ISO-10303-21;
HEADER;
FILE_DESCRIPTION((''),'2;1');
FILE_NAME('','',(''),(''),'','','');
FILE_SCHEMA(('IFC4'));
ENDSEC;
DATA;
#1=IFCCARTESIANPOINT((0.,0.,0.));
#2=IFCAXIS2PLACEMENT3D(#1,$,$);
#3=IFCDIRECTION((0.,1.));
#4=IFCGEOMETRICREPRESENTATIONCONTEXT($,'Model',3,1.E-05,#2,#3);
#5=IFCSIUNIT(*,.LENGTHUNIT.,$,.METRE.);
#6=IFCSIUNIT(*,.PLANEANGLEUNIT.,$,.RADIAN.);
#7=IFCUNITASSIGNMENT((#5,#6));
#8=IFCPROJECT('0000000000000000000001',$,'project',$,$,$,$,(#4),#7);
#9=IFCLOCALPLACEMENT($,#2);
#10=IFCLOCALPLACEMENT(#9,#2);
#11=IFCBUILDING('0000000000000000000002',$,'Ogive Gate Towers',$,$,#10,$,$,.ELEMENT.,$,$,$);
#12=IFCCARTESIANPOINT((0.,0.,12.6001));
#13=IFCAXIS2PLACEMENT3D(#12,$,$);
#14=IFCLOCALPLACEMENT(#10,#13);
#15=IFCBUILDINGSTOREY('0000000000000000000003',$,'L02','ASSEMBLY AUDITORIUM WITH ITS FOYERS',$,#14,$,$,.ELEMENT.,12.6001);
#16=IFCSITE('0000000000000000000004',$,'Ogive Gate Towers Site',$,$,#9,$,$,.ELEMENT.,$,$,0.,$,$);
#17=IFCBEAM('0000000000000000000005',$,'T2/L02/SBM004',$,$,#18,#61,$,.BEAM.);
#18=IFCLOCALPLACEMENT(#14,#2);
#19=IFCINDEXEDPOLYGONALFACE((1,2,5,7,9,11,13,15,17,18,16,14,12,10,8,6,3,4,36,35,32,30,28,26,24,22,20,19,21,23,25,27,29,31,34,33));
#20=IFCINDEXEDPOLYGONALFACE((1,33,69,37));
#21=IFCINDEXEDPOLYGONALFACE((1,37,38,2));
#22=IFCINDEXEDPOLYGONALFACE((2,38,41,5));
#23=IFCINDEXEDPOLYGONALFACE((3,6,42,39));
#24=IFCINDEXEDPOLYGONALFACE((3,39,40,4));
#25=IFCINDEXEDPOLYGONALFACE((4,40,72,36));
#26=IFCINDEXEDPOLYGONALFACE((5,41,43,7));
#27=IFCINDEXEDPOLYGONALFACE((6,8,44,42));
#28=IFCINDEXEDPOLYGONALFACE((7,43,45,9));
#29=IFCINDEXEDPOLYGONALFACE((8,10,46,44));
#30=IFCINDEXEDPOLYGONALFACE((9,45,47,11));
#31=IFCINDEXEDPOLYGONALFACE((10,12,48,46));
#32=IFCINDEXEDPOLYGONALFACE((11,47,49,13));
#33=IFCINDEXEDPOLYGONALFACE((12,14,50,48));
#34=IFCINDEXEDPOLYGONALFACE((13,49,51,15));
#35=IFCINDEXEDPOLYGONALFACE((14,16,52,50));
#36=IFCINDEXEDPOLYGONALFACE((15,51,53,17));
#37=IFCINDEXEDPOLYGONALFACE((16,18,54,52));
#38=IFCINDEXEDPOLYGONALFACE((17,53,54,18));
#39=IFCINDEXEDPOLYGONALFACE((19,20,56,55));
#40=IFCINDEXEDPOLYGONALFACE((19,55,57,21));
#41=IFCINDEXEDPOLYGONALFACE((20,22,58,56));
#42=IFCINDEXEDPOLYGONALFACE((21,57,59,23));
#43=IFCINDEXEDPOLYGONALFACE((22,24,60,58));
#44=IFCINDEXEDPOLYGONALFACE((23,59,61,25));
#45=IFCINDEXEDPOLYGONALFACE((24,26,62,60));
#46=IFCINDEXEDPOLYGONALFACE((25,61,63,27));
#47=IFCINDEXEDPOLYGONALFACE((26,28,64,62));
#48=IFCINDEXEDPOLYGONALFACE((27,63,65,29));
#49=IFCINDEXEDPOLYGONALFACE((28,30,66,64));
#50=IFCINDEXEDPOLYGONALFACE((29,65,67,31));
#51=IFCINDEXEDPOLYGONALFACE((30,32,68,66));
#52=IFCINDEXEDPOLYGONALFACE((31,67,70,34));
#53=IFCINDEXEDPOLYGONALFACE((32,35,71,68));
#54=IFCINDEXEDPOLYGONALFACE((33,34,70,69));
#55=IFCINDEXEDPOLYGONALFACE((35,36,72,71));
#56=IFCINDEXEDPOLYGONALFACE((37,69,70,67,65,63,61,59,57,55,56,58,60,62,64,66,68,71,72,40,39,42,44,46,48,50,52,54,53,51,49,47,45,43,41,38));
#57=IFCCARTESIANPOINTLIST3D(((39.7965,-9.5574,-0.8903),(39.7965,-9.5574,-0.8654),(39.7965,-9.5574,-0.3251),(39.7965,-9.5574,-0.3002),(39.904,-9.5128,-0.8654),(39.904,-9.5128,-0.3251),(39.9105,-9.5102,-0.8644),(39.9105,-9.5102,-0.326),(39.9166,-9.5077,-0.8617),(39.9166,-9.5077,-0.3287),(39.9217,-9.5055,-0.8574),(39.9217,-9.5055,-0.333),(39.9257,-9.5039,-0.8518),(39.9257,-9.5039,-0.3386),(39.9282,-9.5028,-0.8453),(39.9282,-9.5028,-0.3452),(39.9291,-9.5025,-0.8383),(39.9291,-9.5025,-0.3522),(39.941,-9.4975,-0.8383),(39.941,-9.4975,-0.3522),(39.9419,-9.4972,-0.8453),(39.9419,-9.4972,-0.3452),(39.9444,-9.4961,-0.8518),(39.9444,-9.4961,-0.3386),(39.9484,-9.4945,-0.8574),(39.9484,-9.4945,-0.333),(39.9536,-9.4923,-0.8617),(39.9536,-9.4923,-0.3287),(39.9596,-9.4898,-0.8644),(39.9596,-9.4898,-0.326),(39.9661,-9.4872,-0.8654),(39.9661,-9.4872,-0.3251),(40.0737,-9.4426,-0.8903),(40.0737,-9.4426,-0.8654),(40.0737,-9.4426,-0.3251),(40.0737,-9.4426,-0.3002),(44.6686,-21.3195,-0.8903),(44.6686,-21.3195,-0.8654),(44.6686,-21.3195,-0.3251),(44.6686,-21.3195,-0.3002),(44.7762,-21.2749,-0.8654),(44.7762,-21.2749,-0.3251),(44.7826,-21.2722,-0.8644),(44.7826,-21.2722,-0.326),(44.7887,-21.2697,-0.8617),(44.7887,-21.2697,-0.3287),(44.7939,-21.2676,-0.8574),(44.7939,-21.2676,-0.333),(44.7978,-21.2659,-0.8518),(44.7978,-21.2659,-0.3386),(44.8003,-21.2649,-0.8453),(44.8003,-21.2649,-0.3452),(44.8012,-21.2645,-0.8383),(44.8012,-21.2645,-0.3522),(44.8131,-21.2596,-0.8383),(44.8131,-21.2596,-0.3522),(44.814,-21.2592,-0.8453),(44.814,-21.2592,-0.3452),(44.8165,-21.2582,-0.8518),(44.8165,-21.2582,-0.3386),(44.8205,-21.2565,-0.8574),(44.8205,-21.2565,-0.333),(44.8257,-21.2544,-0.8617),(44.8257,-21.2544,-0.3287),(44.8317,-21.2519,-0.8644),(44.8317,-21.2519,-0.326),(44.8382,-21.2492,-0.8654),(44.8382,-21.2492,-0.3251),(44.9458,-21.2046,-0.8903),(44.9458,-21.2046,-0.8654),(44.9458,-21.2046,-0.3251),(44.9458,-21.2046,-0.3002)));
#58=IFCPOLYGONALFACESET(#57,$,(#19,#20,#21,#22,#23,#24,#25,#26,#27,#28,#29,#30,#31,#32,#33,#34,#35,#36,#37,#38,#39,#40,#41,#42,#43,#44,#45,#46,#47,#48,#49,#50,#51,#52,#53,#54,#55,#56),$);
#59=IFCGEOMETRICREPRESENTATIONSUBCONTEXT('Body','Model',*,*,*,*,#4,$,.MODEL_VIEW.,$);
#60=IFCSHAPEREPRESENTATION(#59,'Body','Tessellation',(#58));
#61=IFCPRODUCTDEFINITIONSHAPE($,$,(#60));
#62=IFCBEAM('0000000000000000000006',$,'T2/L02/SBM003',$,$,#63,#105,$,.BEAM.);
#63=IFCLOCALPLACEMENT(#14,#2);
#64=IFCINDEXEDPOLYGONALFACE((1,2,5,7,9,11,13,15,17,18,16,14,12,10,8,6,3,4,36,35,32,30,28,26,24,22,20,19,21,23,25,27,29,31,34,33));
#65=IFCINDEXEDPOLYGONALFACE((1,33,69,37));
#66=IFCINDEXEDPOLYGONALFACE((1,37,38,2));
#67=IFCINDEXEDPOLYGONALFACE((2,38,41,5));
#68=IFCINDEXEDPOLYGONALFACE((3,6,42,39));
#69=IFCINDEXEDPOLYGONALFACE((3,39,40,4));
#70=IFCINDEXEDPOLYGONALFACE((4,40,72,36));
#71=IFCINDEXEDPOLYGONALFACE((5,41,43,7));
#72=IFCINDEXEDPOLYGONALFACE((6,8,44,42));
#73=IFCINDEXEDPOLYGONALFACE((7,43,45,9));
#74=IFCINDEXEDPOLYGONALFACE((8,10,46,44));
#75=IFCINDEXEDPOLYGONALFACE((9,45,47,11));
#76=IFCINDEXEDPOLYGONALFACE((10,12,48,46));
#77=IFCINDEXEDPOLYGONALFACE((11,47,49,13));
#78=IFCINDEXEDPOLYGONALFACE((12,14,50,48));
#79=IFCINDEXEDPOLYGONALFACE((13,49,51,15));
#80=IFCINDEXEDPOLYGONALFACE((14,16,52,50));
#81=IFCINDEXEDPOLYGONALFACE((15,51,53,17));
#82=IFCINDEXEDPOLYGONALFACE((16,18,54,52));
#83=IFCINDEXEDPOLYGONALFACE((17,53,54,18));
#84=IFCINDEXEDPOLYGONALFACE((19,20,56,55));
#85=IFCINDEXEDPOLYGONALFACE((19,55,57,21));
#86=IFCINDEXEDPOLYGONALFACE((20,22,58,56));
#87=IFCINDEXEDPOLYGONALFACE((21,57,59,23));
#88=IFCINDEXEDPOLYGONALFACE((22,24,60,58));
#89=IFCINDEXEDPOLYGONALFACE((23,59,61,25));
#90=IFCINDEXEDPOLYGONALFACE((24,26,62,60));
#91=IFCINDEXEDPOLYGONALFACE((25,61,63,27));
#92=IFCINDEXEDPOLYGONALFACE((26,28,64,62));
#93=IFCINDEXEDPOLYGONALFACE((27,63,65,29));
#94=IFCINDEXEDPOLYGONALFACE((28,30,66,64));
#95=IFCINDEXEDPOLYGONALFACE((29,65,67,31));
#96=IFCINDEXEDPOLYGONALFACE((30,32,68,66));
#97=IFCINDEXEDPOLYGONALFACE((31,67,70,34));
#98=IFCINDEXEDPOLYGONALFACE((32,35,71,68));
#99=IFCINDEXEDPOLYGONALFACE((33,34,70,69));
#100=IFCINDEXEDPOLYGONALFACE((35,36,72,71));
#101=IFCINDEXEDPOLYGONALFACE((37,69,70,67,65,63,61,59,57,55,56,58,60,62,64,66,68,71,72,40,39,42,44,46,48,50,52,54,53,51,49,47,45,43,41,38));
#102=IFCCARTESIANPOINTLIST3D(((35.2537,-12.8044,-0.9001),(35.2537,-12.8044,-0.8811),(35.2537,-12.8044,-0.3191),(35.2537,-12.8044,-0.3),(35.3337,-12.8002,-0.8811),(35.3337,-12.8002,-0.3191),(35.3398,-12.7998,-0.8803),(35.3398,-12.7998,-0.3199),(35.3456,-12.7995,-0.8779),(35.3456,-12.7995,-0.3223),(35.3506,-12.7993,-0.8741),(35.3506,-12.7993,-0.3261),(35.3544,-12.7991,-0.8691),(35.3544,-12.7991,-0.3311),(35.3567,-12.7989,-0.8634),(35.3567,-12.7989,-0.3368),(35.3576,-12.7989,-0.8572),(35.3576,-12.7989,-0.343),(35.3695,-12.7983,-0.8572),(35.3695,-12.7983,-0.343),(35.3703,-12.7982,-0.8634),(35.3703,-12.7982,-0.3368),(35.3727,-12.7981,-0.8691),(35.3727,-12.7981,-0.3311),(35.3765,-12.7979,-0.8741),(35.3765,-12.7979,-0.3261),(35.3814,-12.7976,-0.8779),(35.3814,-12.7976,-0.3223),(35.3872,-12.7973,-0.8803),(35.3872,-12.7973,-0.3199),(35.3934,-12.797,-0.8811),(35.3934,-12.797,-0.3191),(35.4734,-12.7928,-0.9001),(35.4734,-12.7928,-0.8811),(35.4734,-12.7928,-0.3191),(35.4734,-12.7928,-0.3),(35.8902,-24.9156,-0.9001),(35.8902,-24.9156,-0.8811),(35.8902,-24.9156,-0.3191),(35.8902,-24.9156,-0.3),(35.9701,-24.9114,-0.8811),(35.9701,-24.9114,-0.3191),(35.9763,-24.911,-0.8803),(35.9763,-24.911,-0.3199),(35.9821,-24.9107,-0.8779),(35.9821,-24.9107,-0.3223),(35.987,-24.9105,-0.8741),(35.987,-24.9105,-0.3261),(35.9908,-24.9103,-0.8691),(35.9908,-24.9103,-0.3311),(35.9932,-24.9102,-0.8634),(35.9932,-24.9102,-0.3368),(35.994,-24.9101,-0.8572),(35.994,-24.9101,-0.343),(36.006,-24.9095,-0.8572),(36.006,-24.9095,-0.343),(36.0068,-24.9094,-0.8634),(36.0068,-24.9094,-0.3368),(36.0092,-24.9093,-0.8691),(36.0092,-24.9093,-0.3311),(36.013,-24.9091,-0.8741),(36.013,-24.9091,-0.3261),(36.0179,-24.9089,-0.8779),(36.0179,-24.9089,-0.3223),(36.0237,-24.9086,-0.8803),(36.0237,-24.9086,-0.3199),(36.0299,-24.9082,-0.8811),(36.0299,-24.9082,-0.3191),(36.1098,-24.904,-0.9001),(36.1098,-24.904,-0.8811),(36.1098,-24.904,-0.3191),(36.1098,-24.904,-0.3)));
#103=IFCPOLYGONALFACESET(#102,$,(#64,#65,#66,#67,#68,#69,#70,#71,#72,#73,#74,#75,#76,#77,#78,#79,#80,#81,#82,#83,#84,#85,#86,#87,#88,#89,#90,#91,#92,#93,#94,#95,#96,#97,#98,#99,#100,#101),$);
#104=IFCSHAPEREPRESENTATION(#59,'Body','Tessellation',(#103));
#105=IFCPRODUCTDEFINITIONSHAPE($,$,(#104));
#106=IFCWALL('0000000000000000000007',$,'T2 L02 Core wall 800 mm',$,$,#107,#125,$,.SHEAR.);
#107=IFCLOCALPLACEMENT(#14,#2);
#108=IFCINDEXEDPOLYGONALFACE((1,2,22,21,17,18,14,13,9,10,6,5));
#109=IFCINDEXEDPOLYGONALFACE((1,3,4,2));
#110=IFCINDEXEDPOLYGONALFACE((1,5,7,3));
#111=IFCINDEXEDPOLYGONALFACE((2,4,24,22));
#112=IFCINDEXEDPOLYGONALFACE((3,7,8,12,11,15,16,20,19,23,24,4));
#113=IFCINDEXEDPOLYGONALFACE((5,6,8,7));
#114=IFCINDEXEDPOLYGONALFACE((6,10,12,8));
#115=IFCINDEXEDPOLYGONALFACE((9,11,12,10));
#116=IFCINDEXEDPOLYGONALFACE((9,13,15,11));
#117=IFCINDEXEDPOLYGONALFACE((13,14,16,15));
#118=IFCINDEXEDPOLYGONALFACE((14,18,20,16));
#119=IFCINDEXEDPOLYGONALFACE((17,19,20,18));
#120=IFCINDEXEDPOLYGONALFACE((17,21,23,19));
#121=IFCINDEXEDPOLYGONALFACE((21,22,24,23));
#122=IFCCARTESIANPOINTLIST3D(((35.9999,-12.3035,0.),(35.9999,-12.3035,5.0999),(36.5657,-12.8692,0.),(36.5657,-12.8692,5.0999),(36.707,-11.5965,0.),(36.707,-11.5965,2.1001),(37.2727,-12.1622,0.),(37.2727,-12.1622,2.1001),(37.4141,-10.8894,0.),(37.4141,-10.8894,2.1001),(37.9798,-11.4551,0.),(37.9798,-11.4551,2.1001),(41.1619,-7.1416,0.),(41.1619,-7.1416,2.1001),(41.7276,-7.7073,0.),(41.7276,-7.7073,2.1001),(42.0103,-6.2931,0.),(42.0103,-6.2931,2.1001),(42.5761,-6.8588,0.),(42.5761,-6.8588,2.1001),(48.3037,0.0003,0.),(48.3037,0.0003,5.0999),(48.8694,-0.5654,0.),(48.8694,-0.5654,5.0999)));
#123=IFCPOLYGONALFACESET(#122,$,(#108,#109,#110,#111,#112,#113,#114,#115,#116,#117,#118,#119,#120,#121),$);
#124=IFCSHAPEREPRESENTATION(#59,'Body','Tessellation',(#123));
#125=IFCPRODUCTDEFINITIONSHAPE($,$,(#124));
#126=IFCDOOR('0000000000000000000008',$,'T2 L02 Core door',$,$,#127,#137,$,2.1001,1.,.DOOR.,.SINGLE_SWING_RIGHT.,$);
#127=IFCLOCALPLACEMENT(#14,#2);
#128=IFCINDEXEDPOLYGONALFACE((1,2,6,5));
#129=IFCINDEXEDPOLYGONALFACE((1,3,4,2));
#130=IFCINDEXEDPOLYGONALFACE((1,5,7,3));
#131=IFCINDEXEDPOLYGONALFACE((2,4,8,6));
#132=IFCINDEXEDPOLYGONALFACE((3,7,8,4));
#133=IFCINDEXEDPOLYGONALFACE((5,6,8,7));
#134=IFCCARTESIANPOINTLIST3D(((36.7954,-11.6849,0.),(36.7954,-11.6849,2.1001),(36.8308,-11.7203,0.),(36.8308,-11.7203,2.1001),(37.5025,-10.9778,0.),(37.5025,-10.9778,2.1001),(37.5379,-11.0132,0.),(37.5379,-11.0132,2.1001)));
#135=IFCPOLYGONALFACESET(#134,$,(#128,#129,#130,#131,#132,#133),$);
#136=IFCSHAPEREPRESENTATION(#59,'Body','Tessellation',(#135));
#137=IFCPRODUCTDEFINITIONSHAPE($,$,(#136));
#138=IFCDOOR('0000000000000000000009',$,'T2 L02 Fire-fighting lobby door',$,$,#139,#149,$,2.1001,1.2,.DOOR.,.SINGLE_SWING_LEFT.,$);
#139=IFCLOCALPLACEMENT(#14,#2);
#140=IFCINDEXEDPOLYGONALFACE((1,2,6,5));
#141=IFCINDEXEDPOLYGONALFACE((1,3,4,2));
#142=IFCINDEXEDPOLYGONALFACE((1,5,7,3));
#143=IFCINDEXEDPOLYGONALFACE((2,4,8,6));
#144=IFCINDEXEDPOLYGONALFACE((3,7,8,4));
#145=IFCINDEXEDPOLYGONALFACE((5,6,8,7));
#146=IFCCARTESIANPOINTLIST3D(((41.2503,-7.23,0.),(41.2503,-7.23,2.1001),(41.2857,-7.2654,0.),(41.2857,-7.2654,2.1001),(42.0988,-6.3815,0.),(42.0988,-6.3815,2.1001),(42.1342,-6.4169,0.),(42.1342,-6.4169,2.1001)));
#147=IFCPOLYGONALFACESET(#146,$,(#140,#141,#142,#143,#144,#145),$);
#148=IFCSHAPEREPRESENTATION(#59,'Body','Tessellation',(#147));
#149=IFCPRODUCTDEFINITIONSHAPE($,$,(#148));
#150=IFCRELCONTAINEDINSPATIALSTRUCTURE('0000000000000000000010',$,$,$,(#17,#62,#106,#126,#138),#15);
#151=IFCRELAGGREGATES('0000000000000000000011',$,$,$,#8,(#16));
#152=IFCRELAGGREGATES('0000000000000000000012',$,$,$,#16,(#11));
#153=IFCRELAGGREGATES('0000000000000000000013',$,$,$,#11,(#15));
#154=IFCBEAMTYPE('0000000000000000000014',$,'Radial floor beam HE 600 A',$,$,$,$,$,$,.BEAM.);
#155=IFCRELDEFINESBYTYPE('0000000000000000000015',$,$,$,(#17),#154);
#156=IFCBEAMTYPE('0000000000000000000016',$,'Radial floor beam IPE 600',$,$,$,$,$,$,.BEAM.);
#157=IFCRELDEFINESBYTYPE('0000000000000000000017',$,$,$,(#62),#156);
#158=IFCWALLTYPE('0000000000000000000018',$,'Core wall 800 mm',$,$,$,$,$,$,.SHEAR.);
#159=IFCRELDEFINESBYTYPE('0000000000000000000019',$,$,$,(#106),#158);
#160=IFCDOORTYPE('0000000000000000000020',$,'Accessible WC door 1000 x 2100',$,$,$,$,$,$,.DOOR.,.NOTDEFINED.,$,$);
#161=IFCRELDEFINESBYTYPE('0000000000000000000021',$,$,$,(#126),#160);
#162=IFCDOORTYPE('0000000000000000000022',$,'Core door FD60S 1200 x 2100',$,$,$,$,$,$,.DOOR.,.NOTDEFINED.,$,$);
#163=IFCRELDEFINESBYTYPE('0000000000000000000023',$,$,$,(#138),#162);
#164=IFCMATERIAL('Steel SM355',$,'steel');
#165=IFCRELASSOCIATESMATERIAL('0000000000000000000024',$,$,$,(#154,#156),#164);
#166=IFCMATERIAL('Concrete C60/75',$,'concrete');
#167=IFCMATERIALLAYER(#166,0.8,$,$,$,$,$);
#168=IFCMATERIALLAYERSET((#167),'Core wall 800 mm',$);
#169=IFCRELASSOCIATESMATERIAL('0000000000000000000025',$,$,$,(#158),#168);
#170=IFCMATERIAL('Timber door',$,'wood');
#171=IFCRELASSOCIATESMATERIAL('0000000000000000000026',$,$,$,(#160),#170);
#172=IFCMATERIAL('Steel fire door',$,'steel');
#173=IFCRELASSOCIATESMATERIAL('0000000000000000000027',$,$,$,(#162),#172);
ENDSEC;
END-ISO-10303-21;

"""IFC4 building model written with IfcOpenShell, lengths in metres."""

from ifc_helpers import new_model, si_unit, direction, frame, frame_2d, origin, origin_2d, place, context, subcontext, project, spatial, rectangle, i_section, extrude, material, layer, layer_set, material_profile, profile_set, type_object, element, fill, save


model = new_model("IFC4")

# Units and contexts
model_context = context("Model", 3, precision=1e-05, world=origin(), true_north=direction((0.0, 1.0)))
body_context = subcontext(model_context, "Body", "Model", "MODEL_VIEW")
ifc_project = project(units=[si_unit("LENGTHUNIT", "METRE"), si_unit("PLANEANGLEUNIT", "RADIAN")], contexts=[model_context])

# Site, building, storey
site_placement = place(None, origin())
site = spatial("IfcSite", under=ifc_project, at=site_placement, Name="Ogive Gate Towers Site", CompositionType="ELEMENT", RefElevation=0.0)
building_placement = place(site_placement, origin())
building = spatial("IfcBuilding", under=site, at=building_placement, Name="Ogive Gate Towers", CompositionType="ELEMENT")
storey_placement = place(building_placement, frame((0.0, 0.0, 12.6001)))
storey = spatial("IfcBuildingStorey", under=building, at=storey_placement, Name="L02", Description="ASSEMBLY AUDITORIUM WITH ITS FOYERS", CompositionType="ELEMENT", Elevation=12.6001)

# Beams
ifc_material_1 = material(Name="Steel SM355", Category="steel")
ifc_material_profile_1 = material_profile(ifc_material_1, i_section(OverallWidth=0.3, OverallDepth=0.5901, WebThickness=0.0129, FlangeThickness=0.0249, FilletRadius=0.0271, at=origin_2d()), Name="HE 600 A")
ifc_profile_set_1 = profile_set([ifc_material_profile_1], Name="Steel SM355")
beam_type_1 = type_object("IfcBeamType", Name="Radial floor beam HE 600 A", PredefinedType="BEAM", material=ifc_profile_set_1)
beam_1_placement = place(storey_placement, frame((39.9351, -9.5, -0.5952), z_axis=(0.382691, -0.923877, 0.0), x_axis=(0.923877, 0.382691, 0.0)))
element("IfcBeam", 1, at=beam_1_placement, inside=storey, type_object=beam_type_1, Name="T2/L02/SBM004", PredefinedType="BEAM", context=body_context, shape_type="SweptSolid", body=[
    extrude(i_section(OverallWidth=0.3, OverallDepth=0.5901, WebThickness=0.0129, FlangeThickness=0.0249, FilletRadius=0.0271, at=origin_2d()), origin(), (0.0, 0.0, 1.0), 12.7312),
])
ifc_material_profile_2 = material_profile(ifc_material_1, i_section(OverallWidth=0.22, OverallDepth=0.6001, WebThickness=0.012, FlangeThickness=0.019, FilletRadius=0.0239, at=origin_2d()), Name="IPE 600")
ifc_profile_set_2 = profile_set([ifc_material_profile_2], Name="Steel SM355")
beam_type_2 = type_object("IfcBeamType", Name="Radial floor beam IPE 600", PredefinedType="BEAM", material=ifc_profile_set_2)
beam_2_placement = place(storey_placement, frame((35.3635, -12.7986, -0.6001), z_axis=(0.05248, -0.998622, 0.0), x_axis=(0.998622, 0.05248, 0.0)))
element("IfcBeam", 2, at=beam_2_placement, inside=storey, type_object=beam_type_2, Name="T2/L02/SBM003", PredefinedType="BEAM", context=body_context, shape_type="SweptSolid", body=[
    extrude(i_section(OverallWidth=0.22, OverallDepth=0.6001, WebThickness=0.012, FlangeThickness=0.019, FilletRadius=0.0239, at=origin_2d()), origin(), (0.0, 0.0, 1.0), 12.1279),
])

# Wall, openings, doors
ifc_material_2 = material(Name="Concrete C60/75", Category="concrete")
ifc_layer_1 = layer(ifc_material_2, 0.8)
ifc_layer_set_1 = layer_set([ifc_layer_1], Name="Core wall 800 mm")
wall_type_1 = type_object("IfcWallType", Name="Core wall 800 mm", PredefinedType="SHEAR", material=ifc_layer_set_1)
wall_1_placement = place(storey_placement, frame((36.2827, -12.5864, 0.0), z_axis=(0.0, 0.0, 1.0), x_axis=(0.707107, 0.707107, 0.0)))
wall_1 = element("IfcWall", 3, at=wall_1_placement, inside=storey, type_object=wall_type_1, Name="T2 L02 Core wall 800 mm", PredefinedType="SHEAR", context=body_context, shape_type="SweptSolid", body=[
    extrude(rectangle(XDim=17.4001, YDim=0.8, at=frame_2d((8.7002, 0.0))), origin(), (0.0, 0.0, 1.0), 5.0999),
])
opening_1_placement = place(wall_1_placement, frame((7.3, 0.0, 0.0)))
opening_1 = element("IfcOpeningElement", 4, at=opening_1_placement, cuts=wall_1, PredefinedType="OPENING", context=body_context, shape_type="SweptSolid", body=[
    extrude(rectangle(XDim=1.2, YDim=2.1001, at=frame_2d((0.6001, 1.05))), frame((0.0, 0.4102, 0.0), z_axis=(0.0, -1.0, 0.0), x_axis=(1.0, 0.0, 0.0)), (0.0, 0.0, 1.0), 0.8201),
])
opening_2_placement = place(wall_1_placement, frame((1.0, 0.0, 0.0)))
opening_2 = element("IfcOpeningElement", 5, at=opening_2_placement, cuts=wall_1, PredefinedType="OPENING", context=body_context, shape_type="SweptSolid", body=[
    extrude(rectangle(XDim=1.0, YDim=2.1001, at=frame_2d((0.5, 1.05))), frame((0.0, 0.4102, 0.0), z_axis=(0.0, -1.0, 0.0), x_axis=(1.0, 0.0, 0.0)), (0.0, 0.0, 1.0), 0.8201),
])
ifc_material_3 = material(Name="Timber door", Category="wood")
door_type_1 = type_object("IfcDoorType", Name="Accessible WC door 1000 x 2100", OperationType="NOTDEFINED", PredefinedType="DOOR", material=ifc_material_3)
door_1_placement = place(opening_2_placement, origin())
door_1 = element("IfcDoor", 6, at=door_1_placement, inside=storey, type_object=door_type_1, Name="T2 L02 Core door", OperationType="SINGLE_SWING_RIGHT", OverallHeight=2.1001, OverallWidth=1.0, PredefinedType="DOOR", context=body_context, shape_type="SweptSolid", body=[
    extrude(rectangle(XDim=1.0, YDim=2.1001, at=frame_2d((0.5, 1.05))), frame((0.0, 0.2749, 0.0), z_axis=(0.0, -1.0, 0.0), x_axis=(1.0, 0.0, 0.0)), (0.0, 0.0, 1.0), 0.05),
])
fill(opening_2, door_1)
ifc_material_4 = material(Name="Steel fire door", Category="steel")
door_type_2 = type_object("IfcDoorType", Name="Core door FD60S 1200 x 2100", OperationType="NOTDEFINED", PredefinedType="DOOR", material=ifc_material_4)
door_2_placement = place(opening_1_placement, origin())
door_2 = element("IfcDoor", 7, at=door_2_placement, inside=storey, type_object=door_type_2, Name="T2 L02 Fire-fighting lobby door", OperationType="SINGLE_SWING_LEFT", OverallHeight=2.1001, OverallWidth=1.2, PredefinedType="DOOR", context=body_context, shape_type="SweptSolid", body=[
    extrude(rectangle(XDim=1.2, YDim=2.1001, at=frame_2d((0.6001, 1.05))), frame((0.0, 0.2749, 0.0), z_axis=(0.0, -1.0, 0.0), x_axis=(1.0, 0.0, 0.0)), (0.0, 0.0, 1.0), 0.05),
])
fill(opening_1, door_2)

save(model, "model.ifc")
